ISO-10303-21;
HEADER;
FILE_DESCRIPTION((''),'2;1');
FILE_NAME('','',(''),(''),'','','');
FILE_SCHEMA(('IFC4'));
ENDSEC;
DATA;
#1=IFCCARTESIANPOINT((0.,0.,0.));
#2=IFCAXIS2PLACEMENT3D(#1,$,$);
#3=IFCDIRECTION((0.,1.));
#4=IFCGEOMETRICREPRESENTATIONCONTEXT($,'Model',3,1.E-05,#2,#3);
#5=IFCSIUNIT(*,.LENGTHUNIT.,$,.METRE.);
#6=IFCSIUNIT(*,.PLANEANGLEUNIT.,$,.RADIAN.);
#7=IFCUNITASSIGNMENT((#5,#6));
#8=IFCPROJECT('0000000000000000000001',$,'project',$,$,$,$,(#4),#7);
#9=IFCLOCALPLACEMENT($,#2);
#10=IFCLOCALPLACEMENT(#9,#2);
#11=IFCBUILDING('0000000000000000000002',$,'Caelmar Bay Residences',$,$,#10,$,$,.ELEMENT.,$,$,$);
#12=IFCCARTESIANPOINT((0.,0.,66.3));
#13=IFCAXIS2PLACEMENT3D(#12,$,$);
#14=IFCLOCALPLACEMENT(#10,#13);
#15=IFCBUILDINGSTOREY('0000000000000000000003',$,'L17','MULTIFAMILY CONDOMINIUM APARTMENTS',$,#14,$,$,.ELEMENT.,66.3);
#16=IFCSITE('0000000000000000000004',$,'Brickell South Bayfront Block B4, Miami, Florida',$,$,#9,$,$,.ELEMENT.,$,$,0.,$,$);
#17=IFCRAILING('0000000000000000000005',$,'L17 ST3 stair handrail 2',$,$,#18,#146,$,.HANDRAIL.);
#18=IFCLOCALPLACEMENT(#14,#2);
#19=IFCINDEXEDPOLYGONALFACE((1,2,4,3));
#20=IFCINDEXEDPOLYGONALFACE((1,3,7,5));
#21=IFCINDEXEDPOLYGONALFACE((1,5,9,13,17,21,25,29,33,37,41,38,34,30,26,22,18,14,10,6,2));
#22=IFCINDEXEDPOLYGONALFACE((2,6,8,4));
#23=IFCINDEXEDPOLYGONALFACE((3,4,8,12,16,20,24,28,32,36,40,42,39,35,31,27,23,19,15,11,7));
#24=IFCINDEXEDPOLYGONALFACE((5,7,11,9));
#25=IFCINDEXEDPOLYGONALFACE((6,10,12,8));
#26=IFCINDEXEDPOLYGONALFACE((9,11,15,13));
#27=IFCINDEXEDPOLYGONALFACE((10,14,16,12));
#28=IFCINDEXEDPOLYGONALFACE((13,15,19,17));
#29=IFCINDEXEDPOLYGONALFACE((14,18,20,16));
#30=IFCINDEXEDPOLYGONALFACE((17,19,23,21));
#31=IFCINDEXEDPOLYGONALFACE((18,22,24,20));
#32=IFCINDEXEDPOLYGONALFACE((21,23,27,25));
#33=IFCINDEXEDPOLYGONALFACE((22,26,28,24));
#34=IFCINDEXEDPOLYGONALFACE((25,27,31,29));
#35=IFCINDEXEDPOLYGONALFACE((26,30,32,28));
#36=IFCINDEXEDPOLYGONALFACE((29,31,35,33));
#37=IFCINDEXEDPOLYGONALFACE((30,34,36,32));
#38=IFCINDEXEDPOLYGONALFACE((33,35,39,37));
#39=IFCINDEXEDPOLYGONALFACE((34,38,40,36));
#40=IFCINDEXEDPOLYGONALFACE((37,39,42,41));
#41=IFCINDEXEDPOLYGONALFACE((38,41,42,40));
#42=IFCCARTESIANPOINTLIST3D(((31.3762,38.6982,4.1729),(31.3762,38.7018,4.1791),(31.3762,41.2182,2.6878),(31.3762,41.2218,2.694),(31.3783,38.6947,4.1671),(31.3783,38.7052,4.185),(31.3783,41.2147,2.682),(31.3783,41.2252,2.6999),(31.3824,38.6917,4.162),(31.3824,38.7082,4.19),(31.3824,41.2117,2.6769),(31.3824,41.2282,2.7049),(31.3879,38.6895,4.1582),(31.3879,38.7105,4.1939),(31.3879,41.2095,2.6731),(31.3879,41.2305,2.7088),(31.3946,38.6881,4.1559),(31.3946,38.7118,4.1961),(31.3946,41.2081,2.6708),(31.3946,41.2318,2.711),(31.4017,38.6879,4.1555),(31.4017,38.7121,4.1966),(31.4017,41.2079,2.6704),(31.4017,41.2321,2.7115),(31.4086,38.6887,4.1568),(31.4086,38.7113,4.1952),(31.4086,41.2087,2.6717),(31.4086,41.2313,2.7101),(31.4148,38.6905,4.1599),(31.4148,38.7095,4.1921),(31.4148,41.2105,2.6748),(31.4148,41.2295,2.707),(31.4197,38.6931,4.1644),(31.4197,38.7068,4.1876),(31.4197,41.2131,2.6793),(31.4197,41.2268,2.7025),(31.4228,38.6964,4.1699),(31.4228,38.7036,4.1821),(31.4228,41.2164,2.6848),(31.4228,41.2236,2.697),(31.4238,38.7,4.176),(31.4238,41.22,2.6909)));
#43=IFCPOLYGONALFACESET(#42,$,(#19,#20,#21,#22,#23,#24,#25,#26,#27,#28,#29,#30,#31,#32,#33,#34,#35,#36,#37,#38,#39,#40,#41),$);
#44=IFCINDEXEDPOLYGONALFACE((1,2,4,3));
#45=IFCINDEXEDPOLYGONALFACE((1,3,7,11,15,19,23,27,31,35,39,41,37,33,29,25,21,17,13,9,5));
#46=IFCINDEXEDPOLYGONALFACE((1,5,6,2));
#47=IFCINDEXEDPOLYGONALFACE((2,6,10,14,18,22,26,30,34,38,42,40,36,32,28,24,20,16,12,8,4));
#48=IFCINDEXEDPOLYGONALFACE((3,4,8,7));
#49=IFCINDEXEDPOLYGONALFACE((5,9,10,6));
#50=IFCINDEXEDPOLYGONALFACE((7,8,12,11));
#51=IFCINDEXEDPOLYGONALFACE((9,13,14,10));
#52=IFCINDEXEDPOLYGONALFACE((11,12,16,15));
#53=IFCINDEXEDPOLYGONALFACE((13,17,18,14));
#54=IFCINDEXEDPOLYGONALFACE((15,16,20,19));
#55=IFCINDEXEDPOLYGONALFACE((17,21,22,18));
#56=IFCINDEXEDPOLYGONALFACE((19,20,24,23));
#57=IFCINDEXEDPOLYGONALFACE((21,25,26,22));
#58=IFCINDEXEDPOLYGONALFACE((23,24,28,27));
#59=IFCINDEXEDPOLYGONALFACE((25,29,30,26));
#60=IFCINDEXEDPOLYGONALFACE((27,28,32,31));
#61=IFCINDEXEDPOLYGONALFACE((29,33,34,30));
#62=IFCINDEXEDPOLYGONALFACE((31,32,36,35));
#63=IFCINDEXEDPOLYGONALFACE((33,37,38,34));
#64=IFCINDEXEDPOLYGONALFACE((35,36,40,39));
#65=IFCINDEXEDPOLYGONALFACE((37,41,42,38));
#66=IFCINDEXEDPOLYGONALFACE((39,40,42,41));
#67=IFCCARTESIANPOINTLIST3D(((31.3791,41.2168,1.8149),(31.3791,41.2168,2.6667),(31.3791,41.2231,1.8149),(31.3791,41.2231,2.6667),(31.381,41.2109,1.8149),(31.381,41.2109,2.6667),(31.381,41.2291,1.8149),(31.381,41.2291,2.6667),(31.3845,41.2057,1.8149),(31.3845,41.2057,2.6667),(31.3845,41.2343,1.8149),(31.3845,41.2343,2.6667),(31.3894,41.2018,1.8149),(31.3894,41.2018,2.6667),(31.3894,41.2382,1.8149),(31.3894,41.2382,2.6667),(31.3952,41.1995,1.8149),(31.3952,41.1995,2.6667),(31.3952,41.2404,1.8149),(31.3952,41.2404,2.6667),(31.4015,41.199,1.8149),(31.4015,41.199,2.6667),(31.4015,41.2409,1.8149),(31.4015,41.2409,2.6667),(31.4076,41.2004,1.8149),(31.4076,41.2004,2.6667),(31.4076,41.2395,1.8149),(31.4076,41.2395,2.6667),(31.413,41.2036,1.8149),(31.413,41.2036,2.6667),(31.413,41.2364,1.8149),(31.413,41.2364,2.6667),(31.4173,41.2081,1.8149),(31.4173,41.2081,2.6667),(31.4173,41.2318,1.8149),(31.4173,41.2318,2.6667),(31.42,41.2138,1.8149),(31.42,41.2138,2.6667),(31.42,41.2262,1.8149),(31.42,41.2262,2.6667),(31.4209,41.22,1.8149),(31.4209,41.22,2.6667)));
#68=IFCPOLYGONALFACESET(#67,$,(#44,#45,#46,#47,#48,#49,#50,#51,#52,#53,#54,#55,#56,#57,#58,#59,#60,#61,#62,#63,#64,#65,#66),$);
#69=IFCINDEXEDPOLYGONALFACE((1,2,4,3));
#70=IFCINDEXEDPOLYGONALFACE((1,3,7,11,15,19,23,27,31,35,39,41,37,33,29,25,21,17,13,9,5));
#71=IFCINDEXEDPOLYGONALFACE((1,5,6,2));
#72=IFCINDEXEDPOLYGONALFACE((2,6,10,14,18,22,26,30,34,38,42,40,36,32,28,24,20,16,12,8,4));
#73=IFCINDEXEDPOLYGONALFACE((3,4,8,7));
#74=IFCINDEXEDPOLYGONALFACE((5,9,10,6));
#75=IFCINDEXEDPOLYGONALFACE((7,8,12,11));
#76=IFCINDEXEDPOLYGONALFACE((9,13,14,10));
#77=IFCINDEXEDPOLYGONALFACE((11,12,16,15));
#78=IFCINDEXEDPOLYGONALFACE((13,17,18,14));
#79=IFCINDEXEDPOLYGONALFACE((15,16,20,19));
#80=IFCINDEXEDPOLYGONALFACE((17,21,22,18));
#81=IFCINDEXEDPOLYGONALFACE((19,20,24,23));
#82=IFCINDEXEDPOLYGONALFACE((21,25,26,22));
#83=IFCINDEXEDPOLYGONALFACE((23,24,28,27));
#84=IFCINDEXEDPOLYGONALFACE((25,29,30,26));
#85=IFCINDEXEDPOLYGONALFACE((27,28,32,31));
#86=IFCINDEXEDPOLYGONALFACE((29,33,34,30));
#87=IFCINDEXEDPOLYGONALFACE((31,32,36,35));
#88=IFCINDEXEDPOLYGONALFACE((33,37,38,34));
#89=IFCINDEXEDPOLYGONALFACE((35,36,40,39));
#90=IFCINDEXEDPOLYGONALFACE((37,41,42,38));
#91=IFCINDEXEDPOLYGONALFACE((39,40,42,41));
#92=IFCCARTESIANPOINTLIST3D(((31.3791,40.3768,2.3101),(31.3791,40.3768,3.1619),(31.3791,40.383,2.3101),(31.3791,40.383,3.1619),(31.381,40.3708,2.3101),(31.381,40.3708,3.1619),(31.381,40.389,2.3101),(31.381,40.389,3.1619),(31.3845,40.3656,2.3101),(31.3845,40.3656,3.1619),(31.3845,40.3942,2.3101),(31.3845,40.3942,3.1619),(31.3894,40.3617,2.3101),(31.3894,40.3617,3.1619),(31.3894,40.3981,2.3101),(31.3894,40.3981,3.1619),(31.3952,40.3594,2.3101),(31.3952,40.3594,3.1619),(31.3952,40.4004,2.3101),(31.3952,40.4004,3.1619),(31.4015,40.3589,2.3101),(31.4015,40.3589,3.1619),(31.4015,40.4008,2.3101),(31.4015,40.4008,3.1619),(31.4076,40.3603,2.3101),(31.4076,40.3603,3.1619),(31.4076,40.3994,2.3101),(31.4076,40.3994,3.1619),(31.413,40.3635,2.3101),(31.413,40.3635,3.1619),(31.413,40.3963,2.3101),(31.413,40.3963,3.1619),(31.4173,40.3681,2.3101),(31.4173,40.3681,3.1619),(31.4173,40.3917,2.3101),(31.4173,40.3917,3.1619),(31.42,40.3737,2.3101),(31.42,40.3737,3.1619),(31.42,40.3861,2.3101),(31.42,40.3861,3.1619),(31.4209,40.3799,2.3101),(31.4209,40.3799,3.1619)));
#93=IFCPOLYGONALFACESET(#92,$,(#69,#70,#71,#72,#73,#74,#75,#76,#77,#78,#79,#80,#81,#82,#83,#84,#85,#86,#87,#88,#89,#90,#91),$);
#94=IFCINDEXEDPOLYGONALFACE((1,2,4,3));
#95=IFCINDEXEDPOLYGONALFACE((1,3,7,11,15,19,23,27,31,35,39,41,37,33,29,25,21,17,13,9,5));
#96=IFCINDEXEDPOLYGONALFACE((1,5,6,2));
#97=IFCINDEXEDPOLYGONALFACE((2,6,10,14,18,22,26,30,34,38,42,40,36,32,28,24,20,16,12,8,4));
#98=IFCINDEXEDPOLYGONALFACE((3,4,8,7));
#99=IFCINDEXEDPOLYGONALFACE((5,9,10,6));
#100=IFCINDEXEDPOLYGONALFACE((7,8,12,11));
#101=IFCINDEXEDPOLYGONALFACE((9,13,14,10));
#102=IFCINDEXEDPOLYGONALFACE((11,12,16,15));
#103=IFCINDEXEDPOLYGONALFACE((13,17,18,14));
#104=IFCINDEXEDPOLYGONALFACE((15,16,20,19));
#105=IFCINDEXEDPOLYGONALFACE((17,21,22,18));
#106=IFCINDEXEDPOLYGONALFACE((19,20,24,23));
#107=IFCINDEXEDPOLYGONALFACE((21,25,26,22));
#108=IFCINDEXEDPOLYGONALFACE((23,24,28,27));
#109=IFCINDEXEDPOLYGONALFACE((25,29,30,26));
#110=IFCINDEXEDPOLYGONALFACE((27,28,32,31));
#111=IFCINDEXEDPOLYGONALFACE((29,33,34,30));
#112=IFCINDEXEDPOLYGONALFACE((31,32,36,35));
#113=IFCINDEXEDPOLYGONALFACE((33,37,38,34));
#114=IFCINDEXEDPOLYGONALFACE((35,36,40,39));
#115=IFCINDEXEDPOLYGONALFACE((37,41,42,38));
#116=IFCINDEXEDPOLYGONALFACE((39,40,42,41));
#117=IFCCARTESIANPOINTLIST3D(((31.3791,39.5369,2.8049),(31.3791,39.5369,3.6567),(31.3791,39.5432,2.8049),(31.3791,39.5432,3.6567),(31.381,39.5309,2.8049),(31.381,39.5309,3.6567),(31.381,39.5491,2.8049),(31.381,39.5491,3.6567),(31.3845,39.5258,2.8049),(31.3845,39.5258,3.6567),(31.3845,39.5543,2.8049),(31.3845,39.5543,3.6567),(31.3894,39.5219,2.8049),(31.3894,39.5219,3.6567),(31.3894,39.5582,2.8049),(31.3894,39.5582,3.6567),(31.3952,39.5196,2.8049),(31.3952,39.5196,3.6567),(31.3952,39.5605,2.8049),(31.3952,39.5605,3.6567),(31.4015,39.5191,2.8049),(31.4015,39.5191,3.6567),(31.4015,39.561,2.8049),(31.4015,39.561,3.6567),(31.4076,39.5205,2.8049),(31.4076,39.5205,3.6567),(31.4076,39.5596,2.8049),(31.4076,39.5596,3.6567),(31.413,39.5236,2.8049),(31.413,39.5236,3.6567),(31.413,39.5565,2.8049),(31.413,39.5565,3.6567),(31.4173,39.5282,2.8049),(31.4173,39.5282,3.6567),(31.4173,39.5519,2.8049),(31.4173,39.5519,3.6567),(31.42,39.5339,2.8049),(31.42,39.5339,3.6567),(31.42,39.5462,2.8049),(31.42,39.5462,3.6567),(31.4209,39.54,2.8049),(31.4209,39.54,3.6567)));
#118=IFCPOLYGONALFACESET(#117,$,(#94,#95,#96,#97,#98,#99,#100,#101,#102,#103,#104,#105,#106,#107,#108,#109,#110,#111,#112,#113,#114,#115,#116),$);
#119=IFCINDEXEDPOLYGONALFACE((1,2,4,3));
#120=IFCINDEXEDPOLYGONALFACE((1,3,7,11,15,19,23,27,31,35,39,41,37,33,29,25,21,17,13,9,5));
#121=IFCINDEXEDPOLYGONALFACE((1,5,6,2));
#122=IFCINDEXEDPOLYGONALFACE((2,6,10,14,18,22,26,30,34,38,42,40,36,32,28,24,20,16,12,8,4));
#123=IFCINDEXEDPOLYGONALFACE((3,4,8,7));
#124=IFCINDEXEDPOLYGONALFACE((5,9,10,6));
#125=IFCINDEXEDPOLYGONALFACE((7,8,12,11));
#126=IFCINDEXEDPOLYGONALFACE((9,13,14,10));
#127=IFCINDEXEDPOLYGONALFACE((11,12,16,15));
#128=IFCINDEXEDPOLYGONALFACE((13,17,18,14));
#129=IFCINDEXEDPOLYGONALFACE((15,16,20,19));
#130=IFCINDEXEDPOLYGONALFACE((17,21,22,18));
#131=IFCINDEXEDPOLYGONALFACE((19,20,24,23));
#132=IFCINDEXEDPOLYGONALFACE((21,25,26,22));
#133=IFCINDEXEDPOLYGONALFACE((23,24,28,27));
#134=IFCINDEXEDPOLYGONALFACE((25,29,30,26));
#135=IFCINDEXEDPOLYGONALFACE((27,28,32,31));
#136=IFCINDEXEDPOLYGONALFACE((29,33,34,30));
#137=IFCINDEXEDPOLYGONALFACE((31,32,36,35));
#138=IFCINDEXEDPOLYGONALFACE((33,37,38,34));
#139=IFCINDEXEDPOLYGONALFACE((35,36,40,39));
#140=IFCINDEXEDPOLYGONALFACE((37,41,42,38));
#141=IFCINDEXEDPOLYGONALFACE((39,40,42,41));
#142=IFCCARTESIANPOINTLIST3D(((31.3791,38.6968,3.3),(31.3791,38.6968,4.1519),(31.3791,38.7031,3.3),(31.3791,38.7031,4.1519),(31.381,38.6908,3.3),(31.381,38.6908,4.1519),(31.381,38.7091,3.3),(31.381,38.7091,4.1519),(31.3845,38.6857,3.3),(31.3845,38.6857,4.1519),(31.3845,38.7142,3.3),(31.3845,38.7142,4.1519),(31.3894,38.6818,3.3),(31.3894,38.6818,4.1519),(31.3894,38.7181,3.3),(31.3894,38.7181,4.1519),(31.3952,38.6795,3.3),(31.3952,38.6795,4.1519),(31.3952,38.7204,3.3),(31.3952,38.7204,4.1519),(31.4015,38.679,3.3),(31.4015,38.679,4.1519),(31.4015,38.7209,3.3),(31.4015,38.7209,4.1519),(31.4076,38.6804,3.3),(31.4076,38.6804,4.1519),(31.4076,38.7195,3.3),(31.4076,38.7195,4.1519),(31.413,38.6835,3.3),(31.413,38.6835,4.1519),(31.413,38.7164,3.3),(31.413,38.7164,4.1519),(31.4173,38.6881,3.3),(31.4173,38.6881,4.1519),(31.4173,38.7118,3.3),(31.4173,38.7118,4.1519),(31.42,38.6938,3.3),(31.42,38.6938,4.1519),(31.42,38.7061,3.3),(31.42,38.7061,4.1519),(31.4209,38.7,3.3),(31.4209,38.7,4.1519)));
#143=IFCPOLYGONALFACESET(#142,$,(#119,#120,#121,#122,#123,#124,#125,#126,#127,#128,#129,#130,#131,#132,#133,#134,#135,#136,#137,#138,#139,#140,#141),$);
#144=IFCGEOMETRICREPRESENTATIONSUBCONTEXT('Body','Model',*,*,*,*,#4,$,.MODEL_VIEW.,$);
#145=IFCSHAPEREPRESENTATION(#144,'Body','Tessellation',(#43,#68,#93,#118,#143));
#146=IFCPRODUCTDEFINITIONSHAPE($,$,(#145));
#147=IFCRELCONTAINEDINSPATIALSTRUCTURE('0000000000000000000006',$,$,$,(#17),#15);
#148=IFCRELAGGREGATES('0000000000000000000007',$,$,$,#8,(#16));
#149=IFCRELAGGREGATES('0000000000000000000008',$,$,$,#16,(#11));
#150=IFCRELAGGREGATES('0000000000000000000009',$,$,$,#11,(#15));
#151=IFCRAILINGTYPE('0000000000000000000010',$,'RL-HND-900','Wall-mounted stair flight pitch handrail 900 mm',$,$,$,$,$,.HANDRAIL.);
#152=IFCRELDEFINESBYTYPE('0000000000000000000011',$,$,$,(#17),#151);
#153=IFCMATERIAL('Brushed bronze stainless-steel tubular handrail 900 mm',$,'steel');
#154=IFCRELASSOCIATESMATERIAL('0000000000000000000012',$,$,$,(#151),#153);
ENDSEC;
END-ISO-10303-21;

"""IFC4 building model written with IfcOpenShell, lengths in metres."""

from ifc_helpers import new_model, si_unit, direction, frame, origin, origin_2d, place, context, subcontext, project, spatial, circle, extrude, material, type_object, element, save


model = new_model("IFC4")

# Units and contexts
model_context = context("Model", 3, precision=1e-05, world=origin(), true_north=direction((0.0, 1.0)))
body_context = subcontext(model_context, "Body", "Model", "MODEL_VIEW")
ifc_project = project(units=[si_unit("LENGTHUNIT", "METRE"), si_unit("PLANEANGLEUNIT", "RADIAN")], contexts=[model_context])

# Site, building, storey
site_placement = place(None, origin())
site = spatial("IfcSite", under=ifc_project, at=site_placement, Name="Brickell South Bayfront Block B4, Miami, Florida", CompositionType="ELEMENT", RefElevation=0.0)
building_placement = place(site_placement, origin())
building = spatial("IfcBuilding", under=site, at=building_placement, Name="Caelmar Bay Residences", CompositionType="ELEMENT")
storey_placement = place(building_placement, frame((0.0, 0.0, 66.3)))
storey = spatial("IfcBuildingStorey", under=building, at=storey_placement, Name="L17", Description="MULTIFAMILY CONDOMINIUM APARTMENTS", CompositionType="ELEMENT", Elevation=66.3)

# Railing
ifc_material_1 = material(Name="Brushed bronze stainless-steel tubular handrail 900 mm", Category="steel")
railing_type_1 = type_object("IfcRailingType", Name="RL-HND-900", Description="Wall-mounted stair flight pitch handrail 900 mm", PredefinedType="HANDRAIL", material=ifc_material_1)
railing_1_placement = place(storey_placement, frame((31.3999, 41.22, 1.8149)))
element("IfcRailing", 1, at=railing_1_placement, inside=storey, type_object=railing_type_1, Name="L17 ST3 stair handrail 2", PredefinedType="HANDRAIL", context=body_context, shape_type="SweptSolid", body=[
    extrude(circle(Radius=0.0239, at=origin_2d()), frame((0.0, 0.0, 0.876), z_axis=(0.0, -0.861524, 0.507717), x_axis=(1.0, 0.0, 0.0)), (0.0, 0.0, 1.0), 2.925),
    extrude(circle(Radius=0.021, at=origin_2d()), origin(), (0.0, 0.0, 1.0), 0.8518),
    extrude(circle(Radius=0.021, at=origin_2d()), frame((0.0, -0.8401, 0.4951)), (0.0, 0.0, 1.0), 0.8518),
    extrude(circle(Radius=0.021, at=origin_2d()), frame((0.0, -1.6799, 0.99)), (0.0, 0.0, 1.0), 0.8518),
    extrude(circle(Radius=0.021, at=origin_2d()), frame((0.0, -2.52, 1.4851)), (0.0, 0.0, 1.0), 0.8518),
])

save(model, "model.ifc")
